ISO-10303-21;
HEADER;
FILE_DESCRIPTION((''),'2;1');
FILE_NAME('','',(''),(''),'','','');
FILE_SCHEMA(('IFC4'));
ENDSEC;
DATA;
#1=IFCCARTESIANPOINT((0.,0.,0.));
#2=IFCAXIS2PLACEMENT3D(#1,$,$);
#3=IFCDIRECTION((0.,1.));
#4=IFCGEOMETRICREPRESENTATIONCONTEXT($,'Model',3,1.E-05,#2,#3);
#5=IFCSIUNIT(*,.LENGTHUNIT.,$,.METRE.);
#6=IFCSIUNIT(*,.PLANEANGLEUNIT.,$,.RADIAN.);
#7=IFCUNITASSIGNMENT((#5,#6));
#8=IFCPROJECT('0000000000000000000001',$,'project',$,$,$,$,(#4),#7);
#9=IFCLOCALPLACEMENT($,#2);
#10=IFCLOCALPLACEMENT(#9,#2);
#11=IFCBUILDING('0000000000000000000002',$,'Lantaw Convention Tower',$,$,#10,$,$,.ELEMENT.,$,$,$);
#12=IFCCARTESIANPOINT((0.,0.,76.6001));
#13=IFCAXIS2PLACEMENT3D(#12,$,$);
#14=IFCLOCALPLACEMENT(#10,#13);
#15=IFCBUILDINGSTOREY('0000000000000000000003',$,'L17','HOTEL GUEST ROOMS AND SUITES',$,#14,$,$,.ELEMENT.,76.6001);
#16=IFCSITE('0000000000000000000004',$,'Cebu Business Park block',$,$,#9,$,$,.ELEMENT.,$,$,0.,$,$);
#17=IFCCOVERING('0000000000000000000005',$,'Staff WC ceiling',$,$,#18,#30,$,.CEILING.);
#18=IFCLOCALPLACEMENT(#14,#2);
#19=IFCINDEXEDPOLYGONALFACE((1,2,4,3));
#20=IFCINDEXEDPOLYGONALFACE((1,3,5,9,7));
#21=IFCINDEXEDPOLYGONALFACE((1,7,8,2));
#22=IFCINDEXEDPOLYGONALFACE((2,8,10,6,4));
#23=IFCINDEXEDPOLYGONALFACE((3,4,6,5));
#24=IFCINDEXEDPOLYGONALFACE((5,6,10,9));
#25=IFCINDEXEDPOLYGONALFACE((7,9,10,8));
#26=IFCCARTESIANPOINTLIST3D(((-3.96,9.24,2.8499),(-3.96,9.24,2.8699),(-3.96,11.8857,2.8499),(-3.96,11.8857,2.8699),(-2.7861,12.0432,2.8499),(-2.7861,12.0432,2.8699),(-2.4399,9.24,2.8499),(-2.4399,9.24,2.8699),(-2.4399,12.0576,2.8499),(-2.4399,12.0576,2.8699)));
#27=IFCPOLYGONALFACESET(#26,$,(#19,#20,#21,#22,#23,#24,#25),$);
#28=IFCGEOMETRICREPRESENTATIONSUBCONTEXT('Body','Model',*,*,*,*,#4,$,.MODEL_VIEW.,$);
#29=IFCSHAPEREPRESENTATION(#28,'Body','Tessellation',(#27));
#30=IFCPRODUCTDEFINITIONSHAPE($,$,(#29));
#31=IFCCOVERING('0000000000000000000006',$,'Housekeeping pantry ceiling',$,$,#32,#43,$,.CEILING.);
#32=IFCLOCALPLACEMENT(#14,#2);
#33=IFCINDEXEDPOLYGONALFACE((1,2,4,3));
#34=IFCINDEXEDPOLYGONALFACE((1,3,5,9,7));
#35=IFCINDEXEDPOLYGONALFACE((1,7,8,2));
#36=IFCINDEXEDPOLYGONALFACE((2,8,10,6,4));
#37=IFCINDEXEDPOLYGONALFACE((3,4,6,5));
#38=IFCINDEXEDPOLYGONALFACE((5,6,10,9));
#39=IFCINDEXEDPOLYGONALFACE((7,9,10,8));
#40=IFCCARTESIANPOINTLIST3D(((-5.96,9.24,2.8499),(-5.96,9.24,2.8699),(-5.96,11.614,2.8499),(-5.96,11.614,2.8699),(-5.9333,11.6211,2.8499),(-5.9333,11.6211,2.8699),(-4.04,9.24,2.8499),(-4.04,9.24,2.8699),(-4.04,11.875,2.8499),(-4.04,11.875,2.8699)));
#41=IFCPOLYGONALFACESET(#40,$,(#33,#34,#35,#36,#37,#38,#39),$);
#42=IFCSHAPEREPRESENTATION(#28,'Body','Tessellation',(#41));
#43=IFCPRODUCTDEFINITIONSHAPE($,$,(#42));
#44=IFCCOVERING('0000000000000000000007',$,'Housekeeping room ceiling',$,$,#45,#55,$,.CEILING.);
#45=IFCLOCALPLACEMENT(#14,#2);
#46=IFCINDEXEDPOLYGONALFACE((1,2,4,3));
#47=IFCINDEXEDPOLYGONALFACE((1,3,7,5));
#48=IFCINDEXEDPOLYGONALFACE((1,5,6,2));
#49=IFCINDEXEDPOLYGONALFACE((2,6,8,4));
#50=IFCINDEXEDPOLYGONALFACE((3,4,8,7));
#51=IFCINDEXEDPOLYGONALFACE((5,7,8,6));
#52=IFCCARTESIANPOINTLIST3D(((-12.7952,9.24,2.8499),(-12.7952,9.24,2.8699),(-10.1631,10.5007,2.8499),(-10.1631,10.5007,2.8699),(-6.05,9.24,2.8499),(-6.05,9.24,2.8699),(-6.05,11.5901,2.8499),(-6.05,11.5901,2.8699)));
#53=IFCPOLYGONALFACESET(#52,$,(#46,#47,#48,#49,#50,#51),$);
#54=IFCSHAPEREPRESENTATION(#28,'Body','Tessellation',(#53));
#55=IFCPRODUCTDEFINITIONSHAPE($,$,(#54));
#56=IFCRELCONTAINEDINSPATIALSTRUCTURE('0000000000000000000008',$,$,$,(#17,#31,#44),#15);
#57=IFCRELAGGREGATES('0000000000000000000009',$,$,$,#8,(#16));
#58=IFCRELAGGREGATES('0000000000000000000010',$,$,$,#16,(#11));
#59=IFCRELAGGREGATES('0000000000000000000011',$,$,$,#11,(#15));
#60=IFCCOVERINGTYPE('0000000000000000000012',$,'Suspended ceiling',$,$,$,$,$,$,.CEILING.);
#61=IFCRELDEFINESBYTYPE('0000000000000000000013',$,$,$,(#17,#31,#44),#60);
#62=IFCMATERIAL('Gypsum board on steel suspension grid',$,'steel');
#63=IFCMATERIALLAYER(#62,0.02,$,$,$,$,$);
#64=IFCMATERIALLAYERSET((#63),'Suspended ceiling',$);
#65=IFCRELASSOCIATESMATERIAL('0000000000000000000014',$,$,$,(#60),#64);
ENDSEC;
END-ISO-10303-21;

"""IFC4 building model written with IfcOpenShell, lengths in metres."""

from ifc_helpers import new_model, si_unit, direction, frame, origin, place, context, subcontext, project, spatial, polyline, outline, extrude, material, layer, layer_set, type_object, element, save


model = new_model("IFC4")

# Units and contexts
model_context = context("Model", 3, precision=1e-05, world=origin(), true_north=direction((0.0, 1.0)))
body_context = subcontext(model_context, "Body", "Model", "MODEL_VIEW")
ifc_project = project(units=[si_unit("LENGTHUNIT", "METRE"), si_unit("PLANEANGLEUNIT", "RADIAN")], contexts=[model_context])

# Site, building, storey
site_placement = place(None, origin())
site = spatial("IfcSite", under=ifc_project, at=site_placement, Name="Cebu Business Park block", CompositionType="ELEMENT", RefElevation=0.0)
building_placement = place(site_placement, origin())
building = spatial("IfcBuilding", under=site, at=building_placement, Name="Lantaw Convention Tower", CompositionType="ELEMENT")
storey_placement = place(building_placement, frame((0.0, 0.0, 76.6001)))
storey = spatial("IfcBuildingStorey", under=building, at=storey_placement, Name="L17", Description="HOTEL GUEST ROOMS AND SUITES", CompositionType="ELEMENT", Elevation=76.6001)

# Coverings
ifc_material_1 = material(Name="Gypsum board on steel suspension grid", Category="steel")
ifc_layer_1 = layer(ifc_material_1, 0.02)
ifc_layer_set_1 = layer_set([ifc_layer_1], Name="Suspended ceiling")
covering_type = type_object("IfcCoveringType", Name="Suspended ceiling", PredefinedType="CEILING", material=ifc_layer_set_1)
covering_1_placement = place(storey_placement, frame((0.0, 0.0, 2.8499)))
element("IfcCovering", 1, at=covering_1_placement, inside=storey, type_object=covering_type, Name="Staff WC ceiling", PredefinedType="CEILING", context=body_context, shape_type="SweptSolid", body=[
    extrude(outline(polyline([(-2.4399, 12.0576), (-2.7861, 12.0432), (-3.96, 11.8857), (-3.96, 9.24), (-2.4399, 9.24), (-2.4399, 12.0576)])), origin(), (0.0, 0.0, 1.0), 0.02),
])
covering_2_placement = place(storey_placement, frame((0.0, 0.0, 2.8499)))
element("IfcCovering", 2, at=covering_2_placement, inside=storey, type_object=covering_type, Name="Housekeeping pantry ceiling", PredefinedType="CEILING", context=body_context, shape_type="SweptSolid", body=[
    extrude(outline(polyline([(-5.96, 9.24), (-4.04, 9.24), (-4.04, 11.875), (-5.9333, 11.6211), (-5.96, 11.614), (-5.96, 9.24)])), origin(), (0.0, 0.0, 1.0), 0.02),
])
covering_3_placement = place(storey_placement, frame((0.0, 0.0, 2.8499)))
element("IfcCovering", 3, at=covering_3_placement, inside=storey, type_object=covering_type, Name="Housekeeping room ceiling", PredefinedType="CEILING", context=body_context, shape_type="SweptSolid", body=[
    extrude(outline(polyline([(-10.1631, 10.5007), (-12.7952, 9.24), (-6.05, 9.24), (-6.05, 11.5901), (-10.1631, 10.5007)])), origin(), (0.0, 0.0, 1.0), 0.02),
])

save(model, "model.ifc")
